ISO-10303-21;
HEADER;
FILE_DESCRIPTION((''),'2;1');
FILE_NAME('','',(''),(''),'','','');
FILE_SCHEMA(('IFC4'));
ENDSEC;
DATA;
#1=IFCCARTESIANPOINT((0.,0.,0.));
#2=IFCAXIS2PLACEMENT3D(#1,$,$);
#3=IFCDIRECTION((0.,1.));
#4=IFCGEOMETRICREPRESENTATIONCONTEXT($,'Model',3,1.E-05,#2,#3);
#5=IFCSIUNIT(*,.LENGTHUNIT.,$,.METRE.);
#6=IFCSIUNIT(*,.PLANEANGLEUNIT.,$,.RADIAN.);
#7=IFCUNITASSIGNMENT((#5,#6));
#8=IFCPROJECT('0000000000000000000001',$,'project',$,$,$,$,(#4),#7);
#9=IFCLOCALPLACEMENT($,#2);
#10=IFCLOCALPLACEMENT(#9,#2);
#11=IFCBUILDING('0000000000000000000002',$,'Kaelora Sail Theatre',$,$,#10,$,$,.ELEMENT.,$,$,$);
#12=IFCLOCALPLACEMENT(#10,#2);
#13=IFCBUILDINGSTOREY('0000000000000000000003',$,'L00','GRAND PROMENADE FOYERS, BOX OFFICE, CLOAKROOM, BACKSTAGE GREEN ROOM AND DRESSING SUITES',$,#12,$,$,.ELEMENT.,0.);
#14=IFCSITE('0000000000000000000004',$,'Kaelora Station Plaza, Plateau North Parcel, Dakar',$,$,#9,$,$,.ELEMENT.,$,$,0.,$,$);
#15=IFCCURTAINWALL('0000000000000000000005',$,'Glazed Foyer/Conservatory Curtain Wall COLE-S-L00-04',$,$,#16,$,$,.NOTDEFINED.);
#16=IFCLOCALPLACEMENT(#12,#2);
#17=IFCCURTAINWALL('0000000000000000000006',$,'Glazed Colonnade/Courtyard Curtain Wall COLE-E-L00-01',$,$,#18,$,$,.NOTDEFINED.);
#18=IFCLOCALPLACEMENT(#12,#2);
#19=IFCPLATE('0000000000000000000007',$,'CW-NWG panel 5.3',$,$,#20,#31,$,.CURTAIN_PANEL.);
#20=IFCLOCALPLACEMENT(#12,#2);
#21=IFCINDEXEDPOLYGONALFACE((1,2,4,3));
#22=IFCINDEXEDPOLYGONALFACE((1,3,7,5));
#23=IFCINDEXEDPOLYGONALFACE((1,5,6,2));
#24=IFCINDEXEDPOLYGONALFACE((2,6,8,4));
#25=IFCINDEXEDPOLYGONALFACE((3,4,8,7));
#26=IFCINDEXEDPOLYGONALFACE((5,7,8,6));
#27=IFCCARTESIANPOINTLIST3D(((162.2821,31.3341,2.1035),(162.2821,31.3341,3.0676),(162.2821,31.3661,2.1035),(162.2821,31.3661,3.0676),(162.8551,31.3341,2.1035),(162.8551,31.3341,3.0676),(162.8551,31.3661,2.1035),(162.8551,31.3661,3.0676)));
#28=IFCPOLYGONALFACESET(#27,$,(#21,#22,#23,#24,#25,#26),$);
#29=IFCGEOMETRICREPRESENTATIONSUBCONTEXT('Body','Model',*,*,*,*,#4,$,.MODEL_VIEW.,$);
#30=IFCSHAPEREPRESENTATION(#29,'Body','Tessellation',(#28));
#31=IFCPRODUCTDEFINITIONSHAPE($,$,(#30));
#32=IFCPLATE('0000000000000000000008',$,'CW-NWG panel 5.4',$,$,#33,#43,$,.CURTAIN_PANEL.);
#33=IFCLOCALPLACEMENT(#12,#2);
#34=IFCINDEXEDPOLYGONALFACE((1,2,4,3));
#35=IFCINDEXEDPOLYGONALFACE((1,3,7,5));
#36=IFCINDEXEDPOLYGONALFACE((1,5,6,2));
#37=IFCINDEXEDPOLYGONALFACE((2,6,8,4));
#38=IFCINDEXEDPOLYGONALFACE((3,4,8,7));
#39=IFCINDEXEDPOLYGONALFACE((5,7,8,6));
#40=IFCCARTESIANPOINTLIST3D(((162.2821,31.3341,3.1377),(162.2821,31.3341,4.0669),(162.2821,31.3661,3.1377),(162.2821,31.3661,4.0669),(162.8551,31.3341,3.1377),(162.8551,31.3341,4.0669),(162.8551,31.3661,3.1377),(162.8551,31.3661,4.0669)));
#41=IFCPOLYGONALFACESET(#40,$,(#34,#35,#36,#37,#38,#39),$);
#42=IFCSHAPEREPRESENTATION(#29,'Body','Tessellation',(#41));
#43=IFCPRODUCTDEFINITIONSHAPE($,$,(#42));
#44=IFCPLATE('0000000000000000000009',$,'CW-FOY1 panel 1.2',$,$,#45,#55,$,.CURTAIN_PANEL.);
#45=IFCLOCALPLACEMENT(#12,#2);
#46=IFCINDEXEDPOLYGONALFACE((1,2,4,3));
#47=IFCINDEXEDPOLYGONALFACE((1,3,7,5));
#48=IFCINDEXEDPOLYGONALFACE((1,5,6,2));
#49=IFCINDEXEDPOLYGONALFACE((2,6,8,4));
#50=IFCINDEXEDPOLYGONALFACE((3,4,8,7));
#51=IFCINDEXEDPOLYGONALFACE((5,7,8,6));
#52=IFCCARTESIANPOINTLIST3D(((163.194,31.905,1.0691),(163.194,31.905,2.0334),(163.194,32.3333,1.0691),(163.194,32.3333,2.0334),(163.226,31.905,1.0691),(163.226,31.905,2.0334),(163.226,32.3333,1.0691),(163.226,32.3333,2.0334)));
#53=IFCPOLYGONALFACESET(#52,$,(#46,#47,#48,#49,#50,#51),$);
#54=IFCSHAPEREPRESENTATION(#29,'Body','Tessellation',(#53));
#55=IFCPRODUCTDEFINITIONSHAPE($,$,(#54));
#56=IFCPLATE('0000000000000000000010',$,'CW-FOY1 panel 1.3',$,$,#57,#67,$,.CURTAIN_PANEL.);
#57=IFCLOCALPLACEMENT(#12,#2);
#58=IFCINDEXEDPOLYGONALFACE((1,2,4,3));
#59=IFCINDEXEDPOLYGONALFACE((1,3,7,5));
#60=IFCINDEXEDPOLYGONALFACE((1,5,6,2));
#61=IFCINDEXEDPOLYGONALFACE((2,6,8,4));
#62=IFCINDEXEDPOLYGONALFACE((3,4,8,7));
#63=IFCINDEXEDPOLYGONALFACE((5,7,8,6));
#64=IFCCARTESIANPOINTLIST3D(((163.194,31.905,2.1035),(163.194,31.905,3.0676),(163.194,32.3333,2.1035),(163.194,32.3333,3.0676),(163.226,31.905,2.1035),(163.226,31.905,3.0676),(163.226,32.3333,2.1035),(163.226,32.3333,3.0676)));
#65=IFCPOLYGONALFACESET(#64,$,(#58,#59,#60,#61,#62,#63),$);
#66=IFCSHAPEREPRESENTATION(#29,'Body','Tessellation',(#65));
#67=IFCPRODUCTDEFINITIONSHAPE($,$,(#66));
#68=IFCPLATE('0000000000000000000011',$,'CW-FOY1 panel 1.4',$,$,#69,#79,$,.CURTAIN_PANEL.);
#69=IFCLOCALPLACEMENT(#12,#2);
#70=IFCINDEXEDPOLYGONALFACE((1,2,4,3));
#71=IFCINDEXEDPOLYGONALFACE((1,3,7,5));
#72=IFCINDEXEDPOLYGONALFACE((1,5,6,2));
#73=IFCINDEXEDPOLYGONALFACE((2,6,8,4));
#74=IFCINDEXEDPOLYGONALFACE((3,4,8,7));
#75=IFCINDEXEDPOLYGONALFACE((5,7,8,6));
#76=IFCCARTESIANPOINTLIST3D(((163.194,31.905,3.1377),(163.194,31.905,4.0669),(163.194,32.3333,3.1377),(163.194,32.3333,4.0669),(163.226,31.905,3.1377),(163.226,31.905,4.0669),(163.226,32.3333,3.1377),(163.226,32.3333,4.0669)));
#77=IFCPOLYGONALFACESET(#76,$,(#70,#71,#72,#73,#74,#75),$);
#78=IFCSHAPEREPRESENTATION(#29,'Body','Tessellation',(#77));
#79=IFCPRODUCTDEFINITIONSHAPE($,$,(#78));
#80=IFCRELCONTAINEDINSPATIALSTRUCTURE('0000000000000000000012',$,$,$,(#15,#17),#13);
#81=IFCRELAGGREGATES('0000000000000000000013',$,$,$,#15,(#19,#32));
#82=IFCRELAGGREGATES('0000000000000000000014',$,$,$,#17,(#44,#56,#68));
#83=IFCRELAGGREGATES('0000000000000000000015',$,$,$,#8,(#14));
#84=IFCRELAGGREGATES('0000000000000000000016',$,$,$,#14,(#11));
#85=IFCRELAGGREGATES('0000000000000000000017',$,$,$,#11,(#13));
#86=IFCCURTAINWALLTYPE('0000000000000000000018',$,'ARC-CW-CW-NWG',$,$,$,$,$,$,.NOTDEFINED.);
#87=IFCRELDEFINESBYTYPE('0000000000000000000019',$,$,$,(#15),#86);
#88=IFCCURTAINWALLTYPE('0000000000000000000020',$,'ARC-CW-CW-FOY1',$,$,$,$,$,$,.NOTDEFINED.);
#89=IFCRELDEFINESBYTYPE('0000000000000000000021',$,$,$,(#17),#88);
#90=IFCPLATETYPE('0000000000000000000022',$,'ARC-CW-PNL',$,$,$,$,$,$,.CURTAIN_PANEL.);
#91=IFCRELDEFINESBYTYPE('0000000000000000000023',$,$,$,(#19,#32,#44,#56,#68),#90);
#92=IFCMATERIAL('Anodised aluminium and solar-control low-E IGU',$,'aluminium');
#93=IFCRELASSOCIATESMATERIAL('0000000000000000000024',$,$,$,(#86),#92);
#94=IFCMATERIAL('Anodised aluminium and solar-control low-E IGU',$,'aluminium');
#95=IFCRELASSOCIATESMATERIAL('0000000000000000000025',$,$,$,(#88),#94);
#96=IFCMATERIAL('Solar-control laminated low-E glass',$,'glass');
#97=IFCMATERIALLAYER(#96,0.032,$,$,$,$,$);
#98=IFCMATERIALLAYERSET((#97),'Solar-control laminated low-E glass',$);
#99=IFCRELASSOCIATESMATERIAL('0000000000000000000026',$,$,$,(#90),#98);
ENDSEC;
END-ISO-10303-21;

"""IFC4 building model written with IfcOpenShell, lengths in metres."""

from ifc_helpers import new_model, si_unit, direction, frame, origin, origin_2d, place, context, subcontext, project, spatial, rectangle, extrude, material, layer, layer_set, type_object, element, aggregate, save


model = new_model("IFC4")

# Units and contexts
model_context = context("Model", 3, precision=1e-05, world=origin(), true_north=direction((0.0, 1.0)))
body_context = subcontext(model_context, "Body", "Model", "MODEL_VIEW")
ifc_project = project(units=[si_unit("LENGTHUNIT", "METRE"), si_unit("PLANEANGLEUNIT", "RADIAN")], contexts=[model_context])

# Site, building, storey
site_placement = place(None, origin())
site = spatial("IfcSite", under=ifc_project, at=site_placement, Name="Kaelora Station Plaza, Plateau North Parcel, Dakar", CompositionType="ELEMENT", RefElevation=0.0)
building_placement = place(site_placement, origin())
building = spatial("IfcBuilding", under=site, at=building_placement, Name="Kaelora Sail Theatre", CompositionType="ELEMENT")
storey_placement = place(building_placement, origin())
storey = spatial("IfcBuildingStorey", under=building, at=storey_placement, Name="L00", Description="GRAND PROMENADE FOYERS, BOX OFFICE, CLOAKROOM, BACKSTAGE GREEN ROOM AND DRESSING SUITES", CompositionType="ELEMENT", Elevation=0.0)

# Curtain walls
ifc_material_1 = material(Name="Anodised aluminium and solar-control low-E IGU", Category="aluminium")
curtain_wall_type_1 = type_object("IfcCurtainWallType", Name="ARC-CW-CW-NWG", PredefinedType="NOTDEFINED", material=ifc_material_1)
curtain_wall_1_placement = place(storey_placement, origin())
curtain_wall_1 = element("IfcCurtainWall", 1, at=curtain_wall_1_placement, inside=storey, type_object=curtain_wall_type_1, Name="Glazed Foyer/Conservatory Curtain Wall COLE-S-L00-04", PredefinedType="NOTDEFINED")
ifc_material_2 = material(Name="Anodised aluminium and solar-control low-E IGU", Category="aluminium")
curtain_wall_type_2 = type_object("IfcCurtainWallType", Name="ARC-CW-CW-FOY1", PredefinedType="NOTDEFINED", material=ifc_material_2)
curtain_wall_2_placement = place(storey_placement, origin())
curtain_wall_2 = element("IfcCurtainWall", 2, at=curtain_wall_2_placement, inside=storey, type_object=curtain_wall_type_2, Name="Glazed Colonnade/Courtyard Curtain Wall COLE-E-L00-01", PredefinedType="NOTDEFINED")

# Plates
ifc_material_3 = material(Name="Solar-control laminated low-E glass", Category="glass")
ifc_layer = layer(ifc_material_3, 0.032)
ifc_layer_set = layer_set([ifc_layer], Name="Solar-control laminated low-E glass")
plate_type = type_object("IfcPlateType", Name="ARC-CW-PNL", PredefinedType="CURTAIN_PANEL", material=ifc_layer_set)
plate_1_placement = place(storey_placement, frame((162.5686, 31.3501, 2.1035), z_axis=(0.0, 0.0, 1.0), x_axis=(1.0, 0.0, 0.0)))
plate_1 = element("IfcPlate", 3, at=plate_1_placement, type_object=plate_type, Name="CW-NWG panel 5.3", PredefinedType="CURTAIN_PANEL", context=body_context, shape_type="SweptSolid", body=[
    extrude(rectangle(XDim=0.573, YDim=0.032, at=origin_2d()), origin(), (0.0, 0.0, 1.0), 0.9641),
])
plate_2_placement = place(storey_placement, frame((162.5686, 31.3501, 3.1377), z_axis=(0.0, 0.0, 1.0), x_axis=(1.0, 0.0, 0.0)))
plate_2 = element("IfcPlate", 4, at=plate_2_placement, type_object=plate_type, Name="CW-NWG panel 5.4", PredefinedType="CURTAIN_PANEL", context=body_context, shape_type="SweptSolid", body=[
    extrude(rectangle(XDim=0.573, YDim=0.032, at=origin_2d()), origin(), (0.0, 0.0, 1.0), 0.9292),
])
aggregate(curtain_wall_1, [plate_1, plate_2])
plate_3_placement = place(storey_placement, frame((163.21, 32.1191, 1.0691), z_axis=(0.0, 0.0, 1.0), x_axis=(0.0, 1.0, 0.0)))
plate_3 = element("IfcPlate", 5, at=plate_3_placement, type_object=plate_type, Name="CW-FOY1 panel 1.2", PredefinedType="CURTAIN_PANEL", context=body_context, shape_type="SweptSolid", body=[
    extrude(rectangle(XDim=0.4282, YDim=0.032, at=origin_2d()), origin(), (0.0, 0.0, 1.0), 0.9644),
])
plate_4_placement = place(storey_placement, frame((163.21, 32.1191, 2.1035), z_axis=(0.0, 0.0, 1.0), x_axis=(0.0, 1.0, 0.0)))
plate_4 = element("IfcPlate", 6, at=plate_4_placement, type_object=plate_type, Name="CW-FOY1 panel 1.3", PredefinedType="CURTAIN_PANEL", context=body_context, shape_type="SweptSolid", body=[
    extrude(rectangle(XDim=0.4282, YDim=0.032, at=origin_2d()), origin(), (0.0, 0.0, 1.0), 0.9641),
])
plate_5_placement = place(storey_placement, frame((163.21, 32.1191, 3.1377), z_axis=(0.0, 0.0, 1.0), x_axis=(0.0, 1.0, 0.0)))
plate_5 = element("IfcPlate", 7, at=plate_5_placement, type_object=plate_type, Name="CW-FOY1 panel 1.4", PredefinedType="CURTAIN_PANEL", context=body_context, shape_type="SweptSolid", body=[
    extrude(rectangle(XDim=0.4282, YDim=0.032, at=origin_2d()), origin(), (0.0, 0.0, 1.0), 0.9292),
])
aggregate(curtain_wall_2, [plate_3, plate_4, plate_5])

save(model, "model.ifc")
